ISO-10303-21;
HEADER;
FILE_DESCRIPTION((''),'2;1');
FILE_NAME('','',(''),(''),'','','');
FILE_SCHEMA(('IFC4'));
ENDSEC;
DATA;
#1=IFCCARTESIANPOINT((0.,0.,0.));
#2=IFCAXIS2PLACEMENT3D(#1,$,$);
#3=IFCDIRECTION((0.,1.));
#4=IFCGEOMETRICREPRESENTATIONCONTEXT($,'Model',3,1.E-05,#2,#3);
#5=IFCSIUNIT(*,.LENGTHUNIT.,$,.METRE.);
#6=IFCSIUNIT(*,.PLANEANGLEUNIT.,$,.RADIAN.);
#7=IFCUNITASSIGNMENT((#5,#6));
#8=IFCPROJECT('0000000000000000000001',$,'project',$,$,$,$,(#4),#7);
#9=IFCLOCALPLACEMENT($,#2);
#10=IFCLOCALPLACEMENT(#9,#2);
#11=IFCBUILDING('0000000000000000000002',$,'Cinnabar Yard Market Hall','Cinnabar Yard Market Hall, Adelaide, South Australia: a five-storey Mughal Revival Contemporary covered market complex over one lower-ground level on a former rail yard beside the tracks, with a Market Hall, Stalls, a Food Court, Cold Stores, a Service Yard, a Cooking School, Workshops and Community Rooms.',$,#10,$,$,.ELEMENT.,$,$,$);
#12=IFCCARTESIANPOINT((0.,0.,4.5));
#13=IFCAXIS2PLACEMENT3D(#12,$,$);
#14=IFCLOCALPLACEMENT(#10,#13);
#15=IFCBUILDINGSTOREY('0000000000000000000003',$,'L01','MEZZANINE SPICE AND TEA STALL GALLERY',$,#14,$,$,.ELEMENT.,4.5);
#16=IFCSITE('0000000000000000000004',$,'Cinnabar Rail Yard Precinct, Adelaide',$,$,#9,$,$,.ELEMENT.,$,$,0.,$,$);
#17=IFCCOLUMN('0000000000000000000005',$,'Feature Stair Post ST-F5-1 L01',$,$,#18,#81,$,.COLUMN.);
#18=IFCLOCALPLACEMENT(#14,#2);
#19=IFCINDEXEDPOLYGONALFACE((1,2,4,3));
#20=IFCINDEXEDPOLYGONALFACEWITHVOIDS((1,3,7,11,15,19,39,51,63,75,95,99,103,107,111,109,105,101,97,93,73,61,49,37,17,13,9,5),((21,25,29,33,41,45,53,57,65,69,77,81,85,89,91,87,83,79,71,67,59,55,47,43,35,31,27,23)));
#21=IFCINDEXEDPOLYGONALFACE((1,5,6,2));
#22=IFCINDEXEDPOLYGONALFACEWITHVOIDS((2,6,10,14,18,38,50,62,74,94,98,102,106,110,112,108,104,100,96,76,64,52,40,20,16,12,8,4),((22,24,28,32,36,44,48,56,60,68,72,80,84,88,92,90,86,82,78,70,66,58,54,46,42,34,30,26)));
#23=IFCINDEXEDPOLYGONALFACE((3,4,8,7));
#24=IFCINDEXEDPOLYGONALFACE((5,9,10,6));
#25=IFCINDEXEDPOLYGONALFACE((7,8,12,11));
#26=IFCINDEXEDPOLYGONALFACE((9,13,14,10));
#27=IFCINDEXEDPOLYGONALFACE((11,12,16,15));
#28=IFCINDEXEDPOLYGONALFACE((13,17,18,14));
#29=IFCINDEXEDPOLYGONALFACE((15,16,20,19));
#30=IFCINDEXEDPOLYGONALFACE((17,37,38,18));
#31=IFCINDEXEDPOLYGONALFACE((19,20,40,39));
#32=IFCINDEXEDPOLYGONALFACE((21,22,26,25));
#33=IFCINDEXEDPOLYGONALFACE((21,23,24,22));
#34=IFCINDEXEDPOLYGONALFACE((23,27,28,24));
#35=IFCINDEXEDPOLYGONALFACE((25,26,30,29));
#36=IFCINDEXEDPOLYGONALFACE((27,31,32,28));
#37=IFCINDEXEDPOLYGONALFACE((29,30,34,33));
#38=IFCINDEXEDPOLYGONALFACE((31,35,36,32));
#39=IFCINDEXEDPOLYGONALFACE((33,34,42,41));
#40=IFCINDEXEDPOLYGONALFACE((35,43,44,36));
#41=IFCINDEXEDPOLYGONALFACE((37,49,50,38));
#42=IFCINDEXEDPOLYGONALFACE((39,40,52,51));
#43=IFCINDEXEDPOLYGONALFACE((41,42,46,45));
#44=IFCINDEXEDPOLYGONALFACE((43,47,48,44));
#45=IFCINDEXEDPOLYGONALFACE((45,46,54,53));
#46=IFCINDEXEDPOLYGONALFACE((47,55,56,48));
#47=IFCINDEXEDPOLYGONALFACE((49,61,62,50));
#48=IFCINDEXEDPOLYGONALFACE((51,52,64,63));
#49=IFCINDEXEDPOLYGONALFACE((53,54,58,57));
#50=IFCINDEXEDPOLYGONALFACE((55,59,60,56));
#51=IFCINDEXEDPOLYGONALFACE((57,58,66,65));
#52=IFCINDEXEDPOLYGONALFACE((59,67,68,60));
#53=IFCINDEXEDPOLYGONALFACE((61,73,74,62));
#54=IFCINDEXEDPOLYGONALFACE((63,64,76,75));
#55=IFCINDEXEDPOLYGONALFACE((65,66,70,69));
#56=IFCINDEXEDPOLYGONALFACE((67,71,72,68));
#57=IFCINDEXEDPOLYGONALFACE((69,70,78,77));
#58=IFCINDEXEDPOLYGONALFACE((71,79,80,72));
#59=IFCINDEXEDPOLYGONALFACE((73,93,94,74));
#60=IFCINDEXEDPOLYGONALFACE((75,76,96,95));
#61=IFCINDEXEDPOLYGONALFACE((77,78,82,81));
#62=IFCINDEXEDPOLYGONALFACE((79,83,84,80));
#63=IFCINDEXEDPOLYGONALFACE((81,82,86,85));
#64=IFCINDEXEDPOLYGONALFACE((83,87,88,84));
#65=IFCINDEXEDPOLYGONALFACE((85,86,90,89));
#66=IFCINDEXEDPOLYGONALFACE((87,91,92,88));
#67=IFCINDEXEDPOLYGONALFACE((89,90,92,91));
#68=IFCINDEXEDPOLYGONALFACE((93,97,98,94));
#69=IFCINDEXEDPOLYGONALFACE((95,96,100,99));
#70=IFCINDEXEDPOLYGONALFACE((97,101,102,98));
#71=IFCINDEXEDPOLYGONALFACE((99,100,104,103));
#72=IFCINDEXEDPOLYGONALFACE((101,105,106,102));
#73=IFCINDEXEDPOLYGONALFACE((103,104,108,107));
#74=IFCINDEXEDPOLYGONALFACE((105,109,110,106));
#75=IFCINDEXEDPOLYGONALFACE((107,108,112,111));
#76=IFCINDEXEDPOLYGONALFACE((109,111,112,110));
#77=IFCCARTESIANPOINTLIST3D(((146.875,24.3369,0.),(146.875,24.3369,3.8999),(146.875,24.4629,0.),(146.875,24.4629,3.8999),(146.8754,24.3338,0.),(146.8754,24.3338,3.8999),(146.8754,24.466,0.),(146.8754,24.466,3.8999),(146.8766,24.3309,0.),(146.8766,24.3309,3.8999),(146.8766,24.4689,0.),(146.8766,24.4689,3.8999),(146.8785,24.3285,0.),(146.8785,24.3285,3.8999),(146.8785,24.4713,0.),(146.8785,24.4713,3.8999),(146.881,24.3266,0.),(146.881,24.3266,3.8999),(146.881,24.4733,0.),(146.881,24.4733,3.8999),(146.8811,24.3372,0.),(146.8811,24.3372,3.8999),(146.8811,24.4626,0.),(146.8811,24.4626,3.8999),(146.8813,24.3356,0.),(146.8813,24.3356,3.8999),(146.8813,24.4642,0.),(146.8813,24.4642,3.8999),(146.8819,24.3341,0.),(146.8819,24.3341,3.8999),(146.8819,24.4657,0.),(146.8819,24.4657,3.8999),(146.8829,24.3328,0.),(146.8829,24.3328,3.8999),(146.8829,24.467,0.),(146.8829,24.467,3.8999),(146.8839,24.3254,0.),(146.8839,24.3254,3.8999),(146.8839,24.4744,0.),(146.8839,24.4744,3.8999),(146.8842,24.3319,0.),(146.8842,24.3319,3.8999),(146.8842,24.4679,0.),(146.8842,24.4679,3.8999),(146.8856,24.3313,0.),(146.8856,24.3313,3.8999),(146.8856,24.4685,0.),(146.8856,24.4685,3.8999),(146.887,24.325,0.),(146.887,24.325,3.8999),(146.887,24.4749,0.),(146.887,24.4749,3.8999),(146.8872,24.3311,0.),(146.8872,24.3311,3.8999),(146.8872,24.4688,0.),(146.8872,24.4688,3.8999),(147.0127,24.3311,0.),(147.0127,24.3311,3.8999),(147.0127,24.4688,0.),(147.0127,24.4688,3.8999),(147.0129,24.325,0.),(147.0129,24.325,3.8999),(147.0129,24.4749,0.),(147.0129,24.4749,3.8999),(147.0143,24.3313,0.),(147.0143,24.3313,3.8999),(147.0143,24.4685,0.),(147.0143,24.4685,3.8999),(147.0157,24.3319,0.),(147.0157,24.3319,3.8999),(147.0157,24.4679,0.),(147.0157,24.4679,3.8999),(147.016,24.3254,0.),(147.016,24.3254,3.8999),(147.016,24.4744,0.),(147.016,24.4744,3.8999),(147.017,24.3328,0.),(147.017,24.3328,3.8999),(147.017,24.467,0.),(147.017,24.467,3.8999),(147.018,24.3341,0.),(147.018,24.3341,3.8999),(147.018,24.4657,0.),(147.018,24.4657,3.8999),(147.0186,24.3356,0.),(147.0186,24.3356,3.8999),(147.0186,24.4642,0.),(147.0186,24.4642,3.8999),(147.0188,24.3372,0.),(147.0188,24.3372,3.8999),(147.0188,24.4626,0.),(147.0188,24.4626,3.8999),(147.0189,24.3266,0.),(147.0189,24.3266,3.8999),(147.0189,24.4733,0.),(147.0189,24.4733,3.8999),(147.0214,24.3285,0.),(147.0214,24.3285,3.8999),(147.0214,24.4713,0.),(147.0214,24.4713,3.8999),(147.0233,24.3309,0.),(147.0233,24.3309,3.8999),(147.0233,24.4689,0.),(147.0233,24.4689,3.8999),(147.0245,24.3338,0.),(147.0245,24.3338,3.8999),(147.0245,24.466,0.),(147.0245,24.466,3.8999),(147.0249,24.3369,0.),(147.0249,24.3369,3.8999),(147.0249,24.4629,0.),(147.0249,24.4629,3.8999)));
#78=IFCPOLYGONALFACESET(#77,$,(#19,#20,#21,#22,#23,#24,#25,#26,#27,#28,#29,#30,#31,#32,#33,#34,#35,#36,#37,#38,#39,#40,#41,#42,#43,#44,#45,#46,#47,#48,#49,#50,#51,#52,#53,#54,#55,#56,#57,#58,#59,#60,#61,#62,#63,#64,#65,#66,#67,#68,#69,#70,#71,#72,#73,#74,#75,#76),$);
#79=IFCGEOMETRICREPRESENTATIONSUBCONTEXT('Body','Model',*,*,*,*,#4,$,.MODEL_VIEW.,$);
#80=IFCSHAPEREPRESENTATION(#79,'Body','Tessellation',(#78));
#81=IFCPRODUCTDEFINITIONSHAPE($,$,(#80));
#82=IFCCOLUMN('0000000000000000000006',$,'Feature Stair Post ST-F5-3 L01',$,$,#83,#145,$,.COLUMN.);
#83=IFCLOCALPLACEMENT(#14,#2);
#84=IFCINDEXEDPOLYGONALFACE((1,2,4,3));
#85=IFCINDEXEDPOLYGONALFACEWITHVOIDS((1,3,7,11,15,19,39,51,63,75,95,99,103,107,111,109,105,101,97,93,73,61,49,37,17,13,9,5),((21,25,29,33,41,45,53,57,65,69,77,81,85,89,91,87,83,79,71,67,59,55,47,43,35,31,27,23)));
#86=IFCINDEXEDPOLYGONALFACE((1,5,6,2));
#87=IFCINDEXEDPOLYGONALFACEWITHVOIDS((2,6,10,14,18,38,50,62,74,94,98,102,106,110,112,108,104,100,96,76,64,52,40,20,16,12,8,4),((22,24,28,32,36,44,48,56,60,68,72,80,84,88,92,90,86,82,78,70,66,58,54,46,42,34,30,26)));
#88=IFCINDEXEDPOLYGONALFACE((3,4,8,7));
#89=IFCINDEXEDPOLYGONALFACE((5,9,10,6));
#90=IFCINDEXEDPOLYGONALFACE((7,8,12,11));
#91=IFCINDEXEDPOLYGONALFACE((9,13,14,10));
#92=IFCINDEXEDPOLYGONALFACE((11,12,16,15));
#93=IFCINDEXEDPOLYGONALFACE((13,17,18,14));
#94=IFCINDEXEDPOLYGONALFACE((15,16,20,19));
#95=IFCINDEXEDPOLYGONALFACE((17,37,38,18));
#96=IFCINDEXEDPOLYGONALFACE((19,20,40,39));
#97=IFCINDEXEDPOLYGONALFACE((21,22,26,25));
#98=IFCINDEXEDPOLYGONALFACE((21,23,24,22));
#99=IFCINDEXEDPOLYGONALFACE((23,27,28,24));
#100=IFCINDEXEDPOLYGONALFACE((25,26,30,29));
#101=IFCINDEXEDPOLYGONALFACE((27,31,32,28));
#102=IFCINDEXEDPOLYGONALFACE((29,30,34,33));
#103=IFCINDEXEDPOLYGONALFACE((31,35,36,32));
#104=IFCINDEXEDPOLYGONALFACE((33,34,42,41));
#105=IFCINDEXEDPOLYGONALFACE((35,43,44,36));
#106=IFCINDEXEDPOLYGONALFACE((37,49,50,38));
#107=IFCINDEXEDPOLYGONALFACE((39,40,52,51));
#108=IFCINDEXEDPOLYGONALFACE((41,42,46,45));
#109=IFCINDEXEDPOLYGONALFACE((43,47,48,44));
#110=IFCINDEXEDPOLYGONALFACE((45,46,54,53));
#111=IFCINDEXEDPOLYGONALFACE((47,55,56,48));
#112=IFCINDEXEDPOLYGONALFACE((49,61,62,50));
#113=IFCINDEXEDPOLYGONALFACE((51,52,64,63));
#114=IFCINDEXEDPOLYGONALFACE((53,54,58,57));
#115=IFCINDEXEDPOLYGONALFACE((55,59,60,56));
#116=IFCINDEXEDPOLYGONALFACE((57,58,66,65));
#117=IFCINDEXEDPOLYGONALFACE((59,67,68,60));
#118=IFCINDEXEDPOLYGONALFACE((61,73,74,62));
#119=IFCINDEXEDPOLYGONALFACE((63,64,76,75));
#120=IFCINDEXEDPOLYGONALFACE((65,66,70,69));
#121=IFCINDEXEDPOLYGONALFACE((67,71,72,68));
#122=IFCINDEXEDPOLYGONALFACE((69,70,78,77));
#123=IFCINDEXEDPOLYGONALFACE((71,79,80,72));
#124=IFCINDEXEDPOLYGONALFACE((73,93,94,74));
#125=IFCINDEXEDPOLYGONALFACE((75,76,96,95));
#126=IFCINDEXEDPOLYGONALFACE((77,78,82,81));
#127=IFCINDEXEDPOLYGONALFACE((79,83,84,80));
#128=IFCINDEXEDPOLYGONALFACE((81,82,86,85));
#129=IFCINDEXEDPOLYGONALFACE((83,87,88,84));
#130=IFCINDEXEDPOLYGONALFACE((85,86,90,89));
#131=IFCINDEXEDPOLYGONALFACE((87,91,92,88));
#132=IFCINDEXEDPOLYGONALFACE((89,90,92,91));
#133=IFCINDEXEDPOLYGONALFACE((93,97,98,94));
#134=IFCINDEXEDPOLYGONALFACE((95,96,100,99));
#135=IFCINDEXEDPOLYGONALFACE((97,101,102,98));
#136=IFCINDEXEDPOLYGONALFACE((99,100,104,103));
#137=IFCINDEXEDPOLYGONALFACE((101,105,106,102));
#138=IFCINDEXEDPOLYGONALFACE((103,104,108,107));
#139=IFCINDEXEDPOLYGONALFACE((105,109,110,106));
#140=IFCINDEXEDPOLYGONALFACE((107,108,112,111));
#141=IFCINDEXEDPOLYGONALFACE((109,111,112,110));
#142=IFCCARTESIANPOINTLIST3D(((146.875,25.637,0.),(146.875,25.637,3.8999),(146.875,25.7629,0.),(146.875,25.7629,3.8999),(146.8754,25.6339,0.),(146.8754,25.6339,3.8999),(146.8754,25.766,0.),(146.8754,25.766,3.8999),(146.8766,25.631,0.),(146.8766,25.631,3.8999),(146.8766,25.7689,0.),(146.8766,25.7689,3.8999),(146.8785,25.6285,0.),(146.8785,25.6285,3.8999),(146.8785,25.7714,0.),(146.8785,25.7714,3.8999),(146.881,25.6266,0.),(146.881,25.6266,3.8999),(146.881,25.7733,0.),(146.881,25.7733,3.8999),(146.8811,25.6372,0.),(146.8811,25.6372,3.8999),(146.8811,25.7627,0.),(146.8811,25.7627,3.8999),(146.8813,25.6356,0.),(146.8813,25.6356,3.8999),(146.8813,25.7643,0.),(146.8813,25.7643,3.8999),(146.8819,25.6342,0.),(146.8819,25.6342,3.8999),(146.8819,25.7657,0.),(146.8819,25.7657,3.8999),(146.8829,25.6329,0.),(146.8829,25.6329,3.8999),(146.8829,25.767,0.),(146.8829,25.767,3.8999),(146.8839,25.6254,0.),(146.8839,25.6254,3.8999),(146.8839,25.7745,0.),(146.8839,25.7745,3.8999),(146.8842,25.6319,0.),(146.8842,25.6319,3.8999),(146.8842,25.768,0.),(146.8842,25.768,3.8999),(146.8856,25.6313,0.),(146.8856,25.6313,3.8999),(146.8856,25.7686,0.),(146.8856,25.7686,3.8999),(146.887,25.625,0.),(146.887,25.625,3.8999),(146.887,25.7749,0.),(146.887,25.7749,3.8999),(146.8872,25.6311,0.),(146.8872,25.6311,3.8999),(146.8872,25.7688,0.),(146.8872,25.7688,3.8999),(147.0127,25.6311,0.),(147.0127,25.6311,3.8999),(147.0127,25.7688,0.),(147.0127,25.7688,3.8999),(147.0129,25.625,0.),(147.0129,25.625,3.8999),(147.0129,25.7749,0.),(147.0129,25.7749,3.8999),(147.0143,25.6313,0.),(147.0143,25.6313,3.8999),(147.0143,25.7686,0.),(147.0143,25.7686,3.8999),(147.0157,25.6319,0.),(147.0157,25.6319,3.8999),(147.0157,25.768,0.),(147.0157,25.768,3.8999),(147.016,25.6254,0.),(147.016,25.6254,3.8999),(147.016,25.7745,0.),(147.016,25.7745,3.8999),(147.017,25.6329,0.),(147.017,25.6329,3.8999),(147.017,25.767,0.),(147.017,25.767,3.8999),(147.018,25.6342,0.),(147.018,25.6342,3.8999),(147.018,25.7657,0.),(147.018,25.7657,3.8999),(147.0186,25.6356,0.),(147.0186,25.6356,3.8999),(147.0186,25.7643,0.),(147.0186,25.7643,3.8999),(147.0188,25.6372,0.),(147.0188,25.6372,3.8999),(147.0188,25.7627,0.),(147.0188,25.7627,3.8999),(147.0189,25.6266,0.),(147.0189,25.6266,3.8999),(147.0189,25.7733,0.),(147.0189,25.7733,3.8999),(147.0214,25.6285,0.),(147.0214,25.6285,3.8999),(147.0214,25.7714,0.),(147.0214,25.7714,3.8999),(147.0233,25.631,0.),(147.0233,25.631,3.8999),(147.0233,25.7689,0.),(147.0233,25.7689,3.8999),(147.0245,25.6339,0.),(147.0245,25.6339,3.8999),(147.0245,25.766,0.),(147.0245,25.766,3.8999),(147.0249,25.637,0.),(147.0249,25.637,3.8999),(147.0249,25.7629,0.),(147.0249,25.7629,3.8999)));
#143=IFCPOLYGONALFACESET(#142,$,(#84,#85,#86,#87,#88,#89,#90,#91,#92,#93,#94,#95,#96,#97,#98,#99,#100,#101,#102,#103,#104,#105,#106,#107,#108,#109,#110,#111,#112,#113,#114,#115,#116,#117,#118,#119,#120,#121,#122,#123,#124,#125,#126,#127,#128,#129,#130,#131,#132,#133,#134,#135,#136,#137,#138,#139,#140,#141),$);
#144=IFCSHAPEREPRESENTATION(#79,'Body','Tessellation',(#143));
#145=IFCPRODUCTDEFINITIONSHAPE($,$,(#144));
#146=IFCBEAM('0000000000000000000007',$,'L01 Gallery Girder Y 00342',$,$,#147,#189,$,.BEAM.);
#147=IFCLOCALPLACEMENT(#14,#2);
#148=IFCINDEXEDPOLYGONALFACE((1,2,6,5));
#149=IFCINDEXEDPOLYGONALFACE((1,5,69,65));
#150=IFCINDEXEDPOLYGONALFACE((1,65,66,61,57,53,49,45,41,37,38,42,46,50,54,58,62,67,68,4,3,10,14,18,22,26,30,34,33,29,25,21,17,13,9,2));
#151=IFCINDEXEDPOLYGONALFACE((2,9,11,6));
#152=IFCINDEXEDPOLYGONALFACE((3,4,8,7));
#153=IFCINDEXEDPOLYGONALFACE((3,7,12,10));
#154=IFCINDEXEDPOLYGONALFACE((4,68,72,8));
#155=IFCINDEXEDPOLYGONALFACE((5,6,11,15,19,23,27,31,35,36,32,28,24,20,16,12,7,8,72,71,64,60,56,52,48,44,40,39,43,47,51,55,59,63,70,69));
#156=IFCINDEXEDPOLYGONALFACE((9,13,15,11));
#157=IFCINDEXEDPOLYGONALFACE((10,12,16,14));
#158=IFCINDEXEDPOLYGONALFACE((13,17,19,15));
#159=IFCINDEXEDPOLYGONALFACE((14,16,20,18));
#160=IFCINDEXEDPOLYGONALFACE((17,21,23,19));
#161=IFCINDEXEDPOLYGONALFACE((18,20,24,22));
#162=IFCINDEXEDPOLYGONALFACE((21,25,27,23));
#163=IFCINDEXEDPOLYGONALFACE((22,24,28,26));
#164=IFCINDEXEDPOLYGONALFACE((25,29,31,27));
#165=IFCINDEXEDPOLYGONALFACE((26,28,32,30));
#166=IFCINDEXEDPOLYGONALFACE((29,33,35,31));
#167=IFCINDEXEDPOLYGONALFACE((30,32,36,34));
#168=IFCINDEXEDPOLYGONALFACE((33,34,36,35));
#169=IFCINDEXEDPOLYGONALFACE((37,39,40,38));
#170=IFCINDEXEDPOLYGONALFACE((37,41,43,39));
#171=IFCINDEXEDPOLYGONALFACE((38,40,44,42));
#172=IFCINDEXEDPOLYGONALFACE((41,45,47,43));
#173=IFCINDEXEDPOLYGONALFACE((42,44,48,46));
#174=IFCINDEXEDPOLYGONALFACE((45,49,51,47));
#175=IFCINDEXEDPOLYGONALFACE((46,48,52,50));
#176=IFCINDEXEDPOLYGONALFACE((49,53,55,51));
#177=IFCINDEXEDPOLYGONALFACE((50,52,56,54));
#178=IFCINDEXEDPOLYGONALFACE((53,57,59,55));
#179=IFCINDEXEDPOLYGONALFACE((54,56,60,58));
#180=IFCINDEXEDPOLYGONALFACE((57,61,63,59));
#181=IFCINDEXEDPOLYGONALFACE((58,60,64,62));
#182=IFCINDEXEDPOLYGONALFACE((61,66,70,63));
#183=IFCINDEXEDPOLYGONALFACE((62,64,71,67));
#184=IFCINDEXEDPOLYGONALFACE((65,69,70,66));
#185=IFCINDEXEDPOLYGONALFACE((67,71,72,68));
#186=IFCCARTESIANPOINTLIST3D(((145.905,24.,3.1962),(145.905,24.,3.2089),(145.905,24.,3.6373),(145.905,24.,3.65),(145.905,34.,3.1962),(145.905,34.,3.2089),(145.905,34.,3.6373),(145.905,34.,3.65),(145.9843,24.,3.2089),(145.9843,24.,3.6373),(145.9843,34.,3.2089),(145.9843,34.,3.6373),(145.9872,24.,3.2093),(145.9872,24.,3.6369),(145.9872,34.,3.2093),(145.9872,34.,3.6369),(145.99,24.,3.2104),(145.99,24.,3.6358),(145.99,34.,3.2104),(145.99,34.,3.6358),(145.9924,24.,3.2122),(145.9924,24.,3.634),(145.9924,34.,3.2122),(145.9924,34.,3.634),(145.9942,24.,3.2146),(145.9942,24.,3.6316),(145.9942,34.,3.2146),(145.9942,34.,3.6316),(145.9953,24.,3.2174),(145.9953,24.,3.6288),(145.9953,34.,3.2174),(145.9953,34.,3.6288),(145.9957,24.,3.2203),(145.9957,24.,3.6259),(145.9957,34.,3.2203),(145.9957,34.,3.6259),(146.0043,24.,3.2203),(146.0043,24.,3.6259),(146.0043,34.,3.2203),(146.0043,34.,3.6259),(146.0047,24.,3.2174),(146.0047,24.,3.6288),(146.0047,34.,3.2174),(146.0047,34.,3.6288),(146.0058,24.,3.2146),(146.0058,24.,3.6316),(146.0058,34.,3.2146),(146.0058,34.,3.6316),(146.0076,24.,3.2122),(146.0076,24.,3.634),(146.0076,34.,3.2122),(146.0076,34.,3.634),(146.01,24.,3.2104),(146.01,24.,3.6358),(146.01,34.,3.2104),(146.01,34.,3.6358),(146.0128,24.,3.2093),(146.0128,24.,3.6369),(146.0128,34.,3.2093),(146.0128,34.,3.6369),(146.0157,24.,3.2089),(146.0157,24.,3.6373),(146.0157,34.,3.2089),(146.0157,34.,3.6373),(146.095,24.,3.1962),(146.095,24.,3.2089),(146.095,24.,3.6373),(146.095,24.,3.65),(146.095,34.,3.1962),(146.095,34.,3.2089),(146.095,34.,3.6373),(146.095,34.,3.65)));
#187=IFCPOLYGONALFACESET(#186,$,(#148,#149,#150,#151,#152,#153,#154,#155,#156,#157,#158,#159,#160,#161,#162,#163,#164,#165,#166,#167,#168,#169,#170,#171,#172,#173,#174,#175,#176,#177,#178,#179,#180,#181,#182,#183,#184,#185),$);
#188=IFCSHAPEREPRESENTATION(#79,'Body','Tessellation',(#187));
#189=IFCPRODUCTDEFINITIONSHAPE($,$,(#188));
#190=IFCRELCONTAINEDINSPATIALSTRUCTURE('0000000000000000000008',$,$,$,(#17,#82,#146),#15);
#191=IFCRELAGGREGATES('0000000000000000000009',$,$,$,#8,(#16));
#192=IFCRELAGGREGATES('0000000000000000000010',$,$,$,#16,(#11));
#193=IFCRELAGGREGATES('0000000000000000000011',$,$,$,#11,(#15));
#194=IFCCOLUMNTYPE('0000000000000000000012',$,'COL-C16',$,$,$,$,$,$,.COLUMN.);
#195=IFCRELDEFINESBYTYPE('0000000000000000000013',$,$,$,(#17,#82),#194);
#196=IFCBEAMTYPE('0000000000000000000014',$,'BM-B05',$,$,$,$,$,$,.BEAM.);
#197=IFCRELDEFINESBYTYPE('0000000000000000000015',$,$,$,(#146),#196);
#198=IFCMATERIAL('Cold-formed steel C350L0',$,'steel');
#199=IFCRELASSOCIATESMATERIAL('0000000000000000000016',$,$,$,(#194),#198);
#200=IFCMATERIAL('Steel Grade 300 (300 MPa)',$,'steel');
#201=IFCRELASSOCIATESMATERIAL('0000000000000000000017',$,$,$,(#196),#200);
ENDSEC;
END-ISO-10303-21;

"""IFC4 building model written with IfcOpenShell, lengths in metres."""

from ifc_helpers import new_model, si_unit, direction, frame, origin, origin_2d_with_axis, place, context, subcontext, project, spatial, hollow_rectangle, i_section, extrude, material, material_profile, profile_set, type_object, element, save


model = new_model("IFC4")

# Units and contexts
model_context = context("Model", 3, precision=1e-05, world=origin(), true_north=direction((0.0, 1.0)))
body_context = subcontext(model_context, "Body", "Model", "MODEL_VIEW")
ifc_project = project(units=[si_unit("LENGTHUNIT", "METRE"), si_unit("PLANEANGLEUNIT", "RADIAN")], contexts=[model_context])

# Site, building, storey
site_placement = place(None, origin())
site = spatial("IfcSite", under=ifc_project, at=site_placement, Name="Cinnabar Rail Yard Precinct, Adelaide", CompositionType="ELEMENT", RefElevation=0.0)
building_placement = place(site_placement, origin())
building = spatial("IfcBuilding", under=site, at=building_placement, Name="Cinnabar Yard Market Hall", Description="Cinnabar Yard Market Hall, Adelaide, South Australia: a five-storey Mughal Revival Contemporary covered market complex over one lower-ground level on a former rail yard beside the tracks, with a Market Hall, Stalls, a Food Court, Cold Stores, a Service Yard, a Cooking School, Workshops and Community Rooms.", CompositionType="ELEMENT")
storey_placement = place(building_placement, frame((0.0, 0.0, 4.5)))
storey = spatial("IfcBuildingStorey", under=building, at=storey_placement, Name="L01", Description="MEZZANINE SPICE AND TEA STALL GALLERY", CompositionType="ELEMENT", Elevation=4.5)

# Columns
ifc_material_1 = material(Name="Cold-formed steel C350L0", Category="steel")
ifc_material_profile_1 = material_profile(ifc_material_1, hollow_rectangle(XDim=0.1499, YDim=0.1499, WallThickness=0.0061, InnerFilletRadius=0.0061, OuterFilletRadius=0.012, at=origin_2d_with_axis()), Name="150x150x6.0SHS")
ifc_profile_set_1 = profile_set([ifc_material_profile_1], Name="Cold-formed steel C350L0")
column_type_1 = type_object("IfcColumnType", Name="COL-C16", PredefinedType="COLUMN", material=ifc_profile_set_1)
for number, where, z_axis, x_axis, name in (
    (1, (146.95, 24.3999, 0.0), (0.0, 0.0, 1.0), (1.0, 0.0, 0.0), "Feature Stair Post ST-F5-1 L01"),
    (2, (146.95, 25.7, 0.0), (0.0, 0.0, 1.0), (1.0, 0.0, 0.0), "Feature Stair Post ST-F5-3 L01"),
):
    element("IfcColumn", number, at=place(storey_placement, frame(where, z_axis=z_axis, x_axis=x_axis)), inside=storey, type_object=column_type_1, Name=name, PredefinedType="COLUMN", context=body_context, shape_type="SweptSolid", body=[
        extrude(hollow_rectangle(XDim=0.1499, YDim=0.1499, WallThickness=0.0061, InnerFilletRadius=0.0061, OuterFilletRadius=0.012, at=origin_2d_with_axis()), origin(), (0.0, 0.0, 1.0), 3.8999),
    ])

# Beam
ifc_material_2 = material(Name="Steel Grade 300 (300 MPa)", Category="steel")
ifc_material_profile_2 = material_profile(ifc_material_2, i_section(OverallWidth=0.1899, OverallDepth=0.4539, WebThickness=0.0085, FlangeThickness=0.0127, FilletRadius=0.0115, at=origin_2d_with_axis()), Name="460UB67.1")
ifc_profile_set_2 = profile_set([ifc_material_profile_2], Name="Steel Grade 300 (300 MPa)")
beam_type_1 = type_object("IfcBeamType", Name="BM-B05", PredefinedType="BEAM", material=ifc_profile_set_2)
for number, where, z_axis, x_axis, name in (
    (3, (146.0, 24.0, 3.4231), (0.0, 1.0, 0.0), (-1.0, 0.0, 0.0), "L01 Gallery Girder Y 00342"),
):
    element("IfcBeam", number, at=place(storey_placement, frame(where, z_axis=z_axis, x_axis=x_axis)), inside=storey, type_object=beam_type_1, Name=name, PredefinedType="BEAM", context=body_context, shape_type="SweptSolid", body=[
        extrude(i_section(OverallWidth=0.1899, OverallDepth=0.4539, WebThickness=0.0085, FlangeThickness=0.0127, FilletRadius=0.0115, at=origin_2d_with_axis()), origin(), (0.0, 0.0, 1.0), 10.0),
    ])

save(model, "model.ifc")
